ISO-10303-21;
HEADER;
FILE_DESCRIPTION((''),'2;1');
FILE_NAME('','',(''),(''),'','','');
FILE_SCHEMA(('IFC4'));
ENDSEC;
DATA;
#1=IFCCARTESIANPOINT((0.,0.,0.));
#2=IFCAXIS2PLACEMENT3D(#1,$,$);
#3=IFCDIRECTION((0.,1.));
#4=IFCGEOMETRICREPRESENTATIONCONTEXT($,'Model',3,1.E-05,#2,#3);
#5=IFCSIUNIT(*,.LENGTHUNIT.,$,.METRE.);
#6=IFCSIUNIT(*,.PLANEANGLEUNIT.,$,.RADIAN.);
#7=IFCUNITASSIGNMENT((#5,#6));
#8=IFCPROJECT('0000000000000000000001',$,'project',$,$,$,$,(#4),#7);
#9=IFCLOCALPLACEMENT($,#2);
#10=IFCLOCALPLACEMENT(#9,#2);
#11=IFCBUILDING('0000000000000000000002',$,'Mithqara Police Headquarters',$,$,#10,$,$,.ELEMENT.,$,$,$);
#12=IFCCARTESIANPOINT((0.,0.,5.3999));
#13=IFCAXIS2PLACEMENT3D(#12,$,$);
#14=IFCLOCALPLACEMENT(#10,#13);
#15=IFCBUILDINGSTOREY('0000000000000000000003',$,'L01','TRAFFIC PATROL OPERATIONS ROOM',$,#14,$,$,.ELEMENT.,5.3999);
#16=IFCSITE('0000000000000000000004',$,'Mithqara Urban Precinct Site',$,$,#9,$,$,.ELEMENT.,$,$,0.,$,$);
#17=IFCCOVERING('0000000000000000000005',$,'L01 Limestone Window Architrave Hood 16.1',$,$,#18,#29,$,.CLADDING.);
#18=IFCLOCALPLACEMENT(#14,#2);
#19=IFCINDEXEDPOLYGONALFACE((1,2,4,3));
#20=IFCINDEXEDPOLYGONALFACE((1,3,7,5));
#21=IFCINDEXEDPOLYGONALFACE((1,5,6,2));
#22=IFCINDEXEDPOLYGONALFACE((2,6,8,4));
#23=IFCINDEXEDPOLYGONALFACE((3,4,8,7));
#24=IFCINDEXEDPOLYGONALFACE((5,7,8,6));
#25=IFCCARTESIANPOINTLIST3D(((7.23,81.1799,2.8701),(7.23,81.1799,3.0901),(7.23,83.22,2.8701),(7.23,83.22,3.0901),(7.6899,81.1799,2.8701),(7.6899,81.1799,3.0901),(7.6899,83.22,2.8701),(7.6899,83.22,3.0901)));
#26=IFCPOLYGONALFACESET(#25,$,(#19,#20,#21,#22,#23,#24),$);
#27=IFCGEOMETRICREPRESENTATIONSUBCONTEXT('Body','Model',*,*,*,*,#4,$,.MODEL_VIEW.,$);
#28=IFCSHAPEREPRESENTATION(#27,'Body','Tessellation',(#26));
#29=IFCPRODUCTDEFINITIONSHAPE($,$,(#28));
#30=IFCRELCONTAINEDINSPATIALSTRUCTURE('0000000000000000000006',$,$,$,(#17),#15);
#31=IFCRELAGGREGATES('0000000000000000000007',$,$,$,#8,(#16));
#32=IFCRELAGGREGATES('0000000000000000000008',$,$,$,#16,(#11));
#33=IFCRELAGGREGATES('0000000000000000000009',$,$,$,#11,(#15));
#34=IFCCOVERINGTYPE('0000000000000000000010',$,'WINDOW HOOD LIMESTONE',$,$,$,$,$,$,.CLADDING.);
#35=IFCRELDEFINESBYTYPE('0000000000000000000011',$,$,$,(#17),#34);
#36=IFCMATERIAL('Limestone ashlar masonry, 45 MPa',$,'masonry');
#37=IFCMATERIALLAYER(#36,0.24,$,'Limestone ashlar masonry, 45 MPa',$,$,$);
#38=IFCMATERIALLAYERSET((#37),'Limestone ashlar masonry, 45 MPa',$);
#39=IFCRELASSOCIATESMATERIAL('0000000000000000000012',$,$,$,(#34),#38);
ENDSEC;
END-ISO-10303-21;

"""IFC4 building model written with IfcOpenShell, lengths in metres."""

from ifc_helpers import new_model, si_unit, direction, frame, origin, origin_2d, place, context, subcontext, project, spatial, rectangle, extrude, material, layer, layer_set, type_object, element, save


model = new_model("IFC4")

# Units and contexts
model_context = context("Model", 3, precision=1e-05, world=origin(), true_north=direction((0.0, 1.0)))
body_context = subcontext(model_context, "Body", "Model", "MODEL_VIEW")
ifc_project = project(units=[si_unit("LENGTHUNIT", "METRE"), si_unit("PLANEANGLEUNIT", "RADIAN")], contexts=[model_context])

# Site, building, storey
site_placement = place(None, origin())
site = spatial("IfcSite", under=ifc_project, at=site_placement, Name="Mithqara Urban Precinct Site", CompositionType="ELEMENT", RefElevation=0.0)
building_placement = place(site_placement, origin())
building = spatial("IfcBuilding", under=site, at=building_placement, Name="Mithqara Police Headquarters", CompositionType="ELEMENT")
storey_placement = place(building_placement, frame((0.0, 0.0, 5.3999)))
storey = spatial("IfcBuildingStorey", under=building, at=storey_placement, Name="L01", Description="TRAFFIC PATROL OPERATIONS ROOM", CompositionType="ELEMENT", Elevation=5.3999)

# Covering
ifc_material_1 = material(Name="Limestone ashlar masonry, 45 MPa", Category="masonry")
ifc_layer_1 = layer(ifc_material_1, 0.24, Name="Limestone ashlar masonry, 45 MPa")
ifc_layer_set_1 = layer_set([ifc_layer_1], Name="Limestone ashlar masonry, 45 MPa")
covering_type_1 = type_object("IfcCoveringType", Name="WINDOW HOOD LIMESTONE", PredefinedType="CLADDING", material=ifc_layer_set_1)
covering_1_placement = place(storey_placement, frame((7.46, 82.2, 2.8701), z_axis=(0.0, 0.0, 1.0), x_axis=(0.0, 1.0, 0.0)))
element("IfcCovering", 1, at=covering_1_placement, inside=storey, type_object=covering_type_1, Name="L01 Limestone Window Architrave Hood 16.1", PredefinedType="CLADDING", context=body_context, shape_type="SweptSolid", body=[
    extrude(rectangle(XDim=2.04, YDim=0.46, at=origin_2d()), origin(), (0.0, 0.0, 1.0), 0.22),
])

save(model, "model.ifc")
